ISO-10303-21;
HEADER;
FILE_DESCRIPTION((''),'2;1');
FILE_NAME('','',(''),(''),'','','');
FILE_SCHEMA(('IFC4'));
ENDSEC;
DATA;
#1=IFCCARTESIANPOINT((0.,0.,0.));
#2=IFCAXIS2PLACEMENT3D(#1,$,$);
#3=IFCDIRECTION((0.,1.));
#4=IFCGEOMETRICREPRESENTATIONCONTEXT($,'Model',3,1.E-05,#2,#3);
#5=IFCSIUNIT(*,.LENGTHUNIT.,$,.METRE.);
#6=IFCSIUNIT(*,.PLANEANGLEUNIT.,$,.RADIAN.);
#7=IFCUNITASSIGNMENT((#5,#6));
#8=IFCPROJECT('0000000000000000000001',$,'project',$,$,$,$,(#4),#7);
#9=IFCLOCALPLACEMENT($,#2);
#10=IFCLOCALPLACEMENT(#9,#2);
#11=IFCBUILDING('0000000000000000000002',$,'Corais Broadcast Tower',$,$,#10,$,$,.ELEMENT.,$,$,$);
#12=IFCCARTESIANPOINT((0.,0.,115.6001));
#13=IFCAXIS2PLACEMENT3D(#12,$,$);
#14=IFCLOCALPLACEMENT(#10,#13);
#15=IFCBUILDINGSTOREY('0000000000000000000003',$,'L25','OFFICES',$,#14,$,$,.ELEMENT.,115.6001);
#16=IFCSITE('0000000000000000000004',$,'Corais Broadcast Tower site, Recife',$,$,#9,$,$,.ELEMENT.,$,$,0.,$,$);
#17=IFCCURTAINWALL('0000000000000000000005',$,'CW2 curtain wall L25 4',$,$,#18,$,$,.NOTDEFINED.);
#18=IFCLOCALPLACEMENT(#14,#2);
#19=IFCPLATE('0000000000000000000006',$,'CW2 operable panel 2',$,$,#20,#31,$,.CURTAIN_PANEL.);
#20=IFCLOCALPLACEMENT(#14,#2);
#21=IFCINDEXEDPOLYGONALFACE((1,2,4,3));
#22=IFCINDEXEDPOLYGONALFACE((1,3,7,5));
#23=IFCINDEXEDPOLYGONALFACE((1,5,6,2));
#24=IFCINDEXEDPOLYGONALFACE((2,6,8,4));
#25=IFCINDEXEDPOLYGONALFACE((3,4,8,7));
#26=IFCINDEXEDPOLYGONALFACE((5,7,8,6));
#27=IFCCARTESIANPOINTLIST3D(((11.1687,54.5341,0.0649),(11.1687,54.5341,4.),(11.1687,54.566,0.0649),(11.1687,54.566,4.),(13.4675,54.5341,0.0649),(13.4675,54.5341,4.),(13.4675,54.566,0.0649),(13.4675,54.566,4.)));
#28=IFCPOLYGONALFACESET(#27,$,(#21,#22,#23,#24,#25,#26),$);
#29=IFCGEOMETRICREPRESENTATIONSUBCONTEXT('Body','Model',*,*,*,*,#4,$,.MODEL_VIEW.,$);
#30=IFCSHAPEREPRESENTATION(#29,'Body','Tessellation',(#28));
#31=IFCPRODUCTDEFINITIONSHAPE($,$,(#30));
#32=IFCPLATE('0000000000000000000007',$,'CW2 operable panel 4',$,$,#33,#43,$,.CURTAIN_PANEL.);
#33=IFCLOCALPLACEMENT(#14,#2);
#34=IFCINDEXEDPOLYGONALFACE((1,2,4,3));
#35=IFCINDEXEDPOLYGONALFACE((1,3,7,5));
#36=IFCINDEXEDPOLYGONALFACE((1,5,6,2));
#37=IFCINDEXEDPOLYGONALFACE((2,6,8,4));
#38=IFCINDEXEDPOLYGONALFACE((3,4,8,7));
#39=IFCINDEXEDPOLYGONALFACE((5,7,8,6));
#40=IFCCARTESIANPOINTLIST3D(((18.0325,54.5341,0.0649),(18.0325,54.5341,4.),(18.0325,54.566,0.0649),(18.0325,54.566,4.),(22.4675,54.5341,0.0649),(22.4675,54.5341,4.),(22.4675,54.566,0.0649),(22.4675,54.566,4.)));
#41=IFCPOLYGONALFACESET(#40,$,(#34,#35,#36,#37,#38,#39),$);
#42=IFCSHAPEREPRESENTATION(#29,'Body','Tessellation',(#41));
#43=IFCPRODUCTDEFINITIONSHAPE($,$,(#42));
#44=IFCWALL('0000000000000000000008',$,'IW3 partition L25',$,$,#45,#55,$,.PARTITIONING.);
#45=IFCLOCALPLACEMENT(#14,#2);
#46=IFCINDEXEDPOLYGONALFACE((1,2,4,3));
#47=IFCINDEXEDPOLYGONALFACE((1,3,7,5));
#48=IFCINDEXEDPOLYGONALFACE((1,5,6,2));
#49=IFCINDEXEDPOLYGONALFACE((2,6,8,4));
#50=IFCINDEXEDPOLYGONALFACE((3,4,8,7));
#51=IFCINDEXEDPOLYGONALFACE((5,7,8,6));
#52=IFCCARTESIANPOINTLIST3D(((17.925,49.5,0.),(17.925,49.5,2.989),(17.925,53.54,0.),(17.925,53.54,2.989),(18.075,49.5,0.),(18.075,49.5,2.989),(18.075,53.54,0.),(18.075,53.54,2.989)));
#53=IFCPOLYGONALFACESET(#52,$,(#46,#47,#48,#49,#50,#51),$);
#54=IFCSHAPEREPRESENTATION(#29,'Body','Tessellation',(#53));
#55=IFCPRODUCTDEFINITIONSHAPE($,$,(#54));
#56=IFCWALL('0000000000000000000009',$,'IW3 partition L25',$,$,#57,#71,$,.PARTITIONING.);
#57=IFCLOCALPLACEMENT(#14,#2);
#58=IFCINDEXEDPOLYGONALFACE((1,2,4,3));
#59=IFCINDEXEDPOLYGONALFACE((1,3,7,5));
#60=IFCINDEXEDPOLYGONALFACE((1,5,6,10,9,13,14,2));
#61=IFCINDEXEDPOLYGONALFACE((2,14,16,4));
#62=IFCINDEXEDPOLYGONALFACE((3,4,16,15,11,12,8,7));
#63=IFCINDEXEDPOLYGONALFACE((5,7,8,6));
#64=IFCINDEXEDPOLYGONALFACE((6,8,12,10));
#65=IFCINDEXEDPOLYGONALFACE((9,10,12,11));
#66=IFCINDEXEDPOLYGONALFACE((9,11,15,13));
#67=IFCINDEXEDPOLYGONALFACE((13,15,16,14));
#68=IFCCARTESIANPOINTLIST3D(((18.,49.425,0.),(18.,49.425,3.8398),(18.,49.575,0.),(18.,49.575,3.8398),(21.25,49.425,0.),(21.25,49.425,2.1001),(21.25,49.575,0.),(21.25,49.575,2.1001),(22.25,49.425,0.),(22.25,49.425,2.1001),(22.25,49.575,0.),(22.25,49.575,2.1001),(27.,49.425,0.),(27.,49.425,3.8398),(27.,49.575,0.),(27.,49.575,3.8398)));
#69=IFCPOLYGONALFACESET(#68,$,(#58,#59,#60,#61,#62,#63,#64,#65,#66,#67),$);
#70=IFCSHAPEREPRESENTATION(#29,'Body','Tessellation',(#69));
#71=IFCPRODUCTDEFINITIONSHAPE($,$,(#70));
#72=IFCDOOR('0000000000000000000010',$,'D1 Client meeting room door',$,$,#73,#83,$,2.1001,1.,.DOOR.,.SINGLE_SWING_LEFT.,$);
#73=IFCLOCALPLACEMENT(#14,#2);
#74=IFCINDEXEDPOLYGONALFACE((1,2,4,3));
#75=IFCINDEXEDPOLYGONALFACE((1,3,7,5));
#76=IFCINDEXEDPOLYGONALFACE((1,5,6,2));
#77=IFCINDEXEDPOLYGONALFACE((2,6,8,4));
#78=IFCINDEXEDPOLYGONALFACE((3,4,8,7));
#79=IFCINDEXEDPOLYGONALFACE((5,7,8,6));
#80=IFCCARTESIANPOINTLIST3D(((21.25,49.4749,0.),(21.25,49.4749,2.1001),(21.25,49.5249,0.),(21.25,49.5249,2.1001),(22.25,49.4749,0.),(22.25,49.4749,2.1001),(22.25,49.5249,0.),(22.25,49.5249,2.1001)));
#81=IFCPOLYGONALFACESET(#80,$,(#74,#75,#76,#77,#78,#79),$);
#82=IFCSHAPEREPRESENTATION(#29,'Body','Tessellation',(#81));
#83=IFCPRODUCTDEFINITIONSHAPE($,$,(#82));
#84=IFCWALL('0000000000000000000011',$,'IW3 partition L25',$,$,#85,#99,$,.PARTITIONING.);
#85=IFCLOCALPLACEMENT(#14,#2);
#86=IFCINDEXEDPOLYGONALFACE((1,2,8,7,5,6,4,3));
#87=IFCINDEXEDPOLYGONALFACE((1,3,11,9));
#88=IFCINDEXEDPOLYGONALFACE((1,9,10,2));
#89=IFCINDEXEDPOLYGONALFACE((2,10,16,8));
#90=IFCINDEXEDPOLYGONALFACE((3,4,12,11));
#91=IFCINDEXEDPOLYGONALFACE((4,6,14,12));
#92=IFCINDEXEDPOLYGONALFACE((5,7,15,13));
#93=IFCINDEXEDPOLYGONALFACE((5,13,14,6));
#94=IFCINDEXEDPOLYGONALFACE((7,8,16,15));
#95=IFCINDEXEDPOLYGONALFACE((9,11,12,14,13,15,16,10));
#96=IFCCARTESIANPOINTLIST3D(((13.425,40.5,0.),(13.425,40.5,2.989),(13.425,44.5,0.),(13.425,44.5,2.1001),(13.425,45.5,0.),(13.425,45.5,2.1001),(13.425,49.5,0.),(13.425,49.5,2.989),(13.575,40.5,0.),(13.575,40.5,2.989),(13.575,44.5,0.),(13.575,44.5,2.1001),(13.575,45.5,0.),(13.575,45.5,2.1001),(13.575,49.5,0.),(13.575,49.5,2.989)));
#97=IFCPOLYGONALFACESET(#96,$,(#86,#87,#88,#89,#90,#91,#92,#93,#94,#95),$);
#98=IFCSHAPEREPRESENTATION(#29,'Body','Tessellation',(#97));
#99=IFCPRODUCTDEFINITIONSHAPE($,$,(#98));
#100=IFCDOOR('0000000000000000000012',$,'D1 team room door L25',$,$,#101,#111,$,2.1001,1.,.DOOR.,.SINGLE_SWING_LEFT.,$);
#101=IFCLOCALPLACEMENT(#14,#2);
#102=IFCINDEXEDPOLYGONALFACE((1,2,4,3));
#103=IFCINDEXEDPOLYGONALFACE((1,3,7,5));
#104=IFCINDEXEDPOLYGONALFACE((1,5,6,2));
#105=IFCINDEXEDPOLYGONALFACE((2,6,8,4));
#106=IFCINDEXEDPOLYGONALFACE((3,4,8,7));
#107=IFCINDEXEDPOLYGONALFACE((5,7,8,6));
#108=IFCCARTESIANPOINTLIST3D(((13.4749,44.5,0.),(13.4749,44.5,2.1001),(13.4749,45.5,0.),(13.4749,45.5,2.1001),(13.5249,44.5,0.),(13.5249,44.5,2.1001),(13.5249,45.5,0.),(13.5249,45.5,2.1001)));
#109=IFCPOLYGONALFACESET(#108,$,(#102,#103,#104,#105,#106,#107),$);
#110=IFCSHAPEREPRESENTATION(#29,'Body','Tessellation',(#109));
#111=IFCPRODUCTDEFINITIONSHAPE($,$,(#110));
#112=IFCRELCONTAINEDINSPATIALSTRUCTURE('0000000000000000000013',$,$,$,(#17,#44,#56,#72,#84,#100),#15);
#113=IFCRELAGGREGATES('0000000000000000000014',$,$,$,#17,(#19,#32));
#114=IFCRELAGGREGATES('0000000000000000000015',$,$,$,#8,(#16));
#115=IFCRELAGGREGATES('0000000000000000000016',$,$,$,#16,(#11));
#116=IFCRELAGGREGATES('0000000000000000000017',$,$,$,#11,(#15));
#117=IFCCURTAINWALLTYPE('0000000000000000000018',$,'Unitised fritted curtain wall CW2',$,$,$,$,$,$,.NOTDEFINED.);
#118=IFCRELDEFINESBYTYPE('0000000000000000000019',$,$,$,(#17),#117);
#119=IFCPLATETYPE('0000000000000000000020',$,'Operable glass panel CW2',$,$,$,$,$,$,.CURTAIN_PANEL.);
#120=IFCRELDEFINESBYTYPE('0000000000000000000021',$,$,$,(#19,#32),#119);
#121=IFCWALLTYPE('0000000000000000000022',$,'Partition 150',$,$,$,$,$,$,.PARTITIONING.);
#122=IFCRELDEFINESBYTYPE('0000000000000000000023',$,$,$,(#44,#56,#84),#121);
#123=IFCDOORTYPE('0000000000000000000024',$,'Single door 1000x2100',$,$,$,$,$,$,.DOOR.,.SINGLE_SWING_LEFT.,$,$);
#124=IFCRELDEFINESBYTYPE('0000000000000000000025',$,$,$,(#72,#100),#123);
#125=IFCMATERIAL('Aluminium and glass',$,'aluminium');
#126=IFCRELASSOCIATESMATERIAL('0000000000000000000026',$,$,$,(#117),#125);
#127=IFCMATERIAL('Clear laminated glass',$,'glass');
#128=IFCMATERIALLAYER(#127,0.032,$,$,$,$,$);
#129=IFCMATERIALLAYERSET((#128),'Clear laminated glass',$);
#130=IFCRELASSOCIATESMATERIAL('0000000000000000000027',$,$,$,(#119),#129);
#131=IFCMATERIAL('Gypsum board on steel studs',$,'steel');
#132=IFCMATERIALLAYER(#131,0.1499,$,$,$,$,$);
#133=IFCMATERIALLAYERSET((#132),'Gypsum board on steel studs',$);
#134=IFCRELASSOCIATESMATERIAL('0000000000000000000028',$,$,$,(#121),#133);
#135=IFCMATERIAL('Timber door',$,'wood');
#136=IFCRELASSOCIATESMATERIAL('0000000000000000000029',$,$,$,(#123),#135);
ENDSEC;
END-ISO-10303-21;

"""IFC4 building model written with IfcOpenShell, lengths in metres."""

from ifc_helpers import new_model, si_unit, direction, frame, frame_2d, origin, origin_2d, place, context, subcontext, project, spatial, rectangle, extrude, material, layer, layer_set, type_object, element, fill, aggregate, save


model = new_model("IFC4")

# Units and contexts
model_context = context("Model", 3, precision=1e-05, world=origin(), true_north=direction((0.0, 1.0)))
body_context = subcontext(model_context, "Body", "Model", "MODEL_VIEW")
ifc_project = project(units=[si_unit("LENGTHUNIT", "METRE"), si_unit("PLANEANGLEUNIT", "RADIAN")], contexts=[model_context])

# Site, building, storey
site_placement = place(None, origin())
site = spatial("IfcSite", under=ifc_project, at=site_placement, Name="Corais Broadcast Tower site, Recife", CompositionType="ELEMENT", RefElevation=0.0)
building_placement = place(site_placement, origin())
building = spatial("IfcBuilding", under=site, at=building_placement, Name="Corais Broadcast Tower", CompositionType="ELEMENT")
storey_placement = place(building_placement, frame((0.0, 0.0, 115.6001)))
storey = spatial("IfcBuildingStorey", under=building, at=storey_placement, Name="L25", Description="OFFICES", CompositionType="ELEMENT", Elevation=115.6001)

# Curtain wall
ifc_material_1 = material(Name="Aluminium and glass", Category="aluminium")
curtain_wall_type = type_object("IfcCurtainWallType", Name="Unitised fritted curtain wall CW2", PredefinedType="NOTDEFINED", material=ifc_material_1)
curtain_wall_placement = place(storey_placement, origin())
curtain_wall = element("IfcCurtainWall", 1, at=curtain_wall_placement, inside=storey, type_object=curtain_wall_type, Name="CW2 curtain wall L25 4", PredefinedType="NOTDEFINED")

# Plates
ifc_material_2 = material(Name="Clear laminated glass", Category="glass")
ifc_layer_1 = layer(ifc_material_2, 0.032)
ifc_layer_set_1 = layer_set([ifc_layer_1], Name="Clear laminated glass")
plate_type_1 = type_object("IfcPlateType", Name="Operable glass panel CW2", PredefinedType="CURTAIN_PANEL", material=ifc_layer_set_1)
plate_1_placement = place(storey_placement, frame((12.3181, 54.55, 0.0649), z_axis=(0.0, 0.0, 1.0), x_axis=(1.0, 0.0, 0.0)))
plate_1 = element("IfcPlate", 2, at=plate_1_placement, type_object=plate_type_1, Name="CW2 operable panel 2", PredefinedType="CURTAIN_PANEL", context=body_context, shape_type="SweptSolid", body=[
    extrude(rectangle(XDim=2.2988, YDim=0.032, at=origin_2d()), origin(), (0.0, 0.0, 1.0), 3.9351),
])
plate_2_placement = place(storey_placement, frame((20.25, 54.55, 0.0649), z_axis=(0.0, 0.0, 1.0), x_axis=(1.0, 0.0, 0.0)))
plate_2 = element("IfcPlate", 3, at=plate_2_placement, type_object=plate_type_1, Name="CW2 operable panel 4", PredefinedType="CURTAIN_PANEL", context=body_context, shape_type="SweptSolid", body=[
    extrude(rectangle(XDim=4.4351, YDim=0.032, at=origin_2d()), origin(), (0.0, 0.0, 1.0), 3.9351),
])
aggregate(curtain_wall, [plate_1, plate_2])

# Wall
ifc_material_3 = material(Name="Gypsum board on steel studs", Category="steel")
ifc_layer_2 = layer(ifc_material_3, 0.1499)
ifc_layer_set_2 = layer_set([ifc_layer_2], Name="Gypsum board on steel studs")
wall_type = type_object("IfcWallType", Name="Partition 150", PredefinedType="PARTITIONING", material=ifc_layer_set_2)
wall_1_placement = place(storey_placement, frame((18.0, 49.5, 0.0), z_axis=(0.0, 0.0, 1.0), x_axis=(0.0, 1.0, 0.0)))
element("IfcWall", 4, at=wall_1_placement, inside=storey, type_object=wall_type, Name="IW3 partition L25", PredefinedType="PARTITIONING", context=body_context, shape_type="SweptSolid", body=[
    extrude(rectangle(XDim=4.04, YDim=0.1499, at=frame_2d((2.02, 0.0))), origin(), (0.0, 0.0, 1.0), 2.989),
])

# Walls, openings, doors
wall_2_placement = place(storey_placement, frame((18.0, 49.5, 0.0), z_axis=(0.0, 0.0, 1.0), x_axis=(1.0, 0.0, 0.0)))
wall_2 = element("IfcWall", 5, at=wall_2_placement, inside=storey, type_object=wall_type, Name="IW3 partition L25", PredefinedType="PARTITIONING", context=body_context, shape_type="SweptSolid", body=[
    extrude(rectangle(XDim=9.0, YDim=0.1499, at=frame_2d((4.5, 0.0))), origin(), (0.0, 0.0, 1.0), 3.8398),
])
opening_1_placement = place(wall_2_placement, frame((3.25, 0.0, 0.0)))
opening_1 = element("IfcOpeningElement", 6, at=opening_1_placement, cuts=wall_2, PredefinedType="OPENING", context=body_context, shape_type="SweptSolid", body=[
    extrude(rectangle(XDim=1.0, YDim=2.1001, at=frame_2d((0.5, 1.05))), frame((0.0, 0.085, 0.0), z_axis=(0.0, -1.0, 0.0), x_axis=(1.0, 0.0, 0.0)), (0.0, 0.0, 1.0), 0.1699),
])
ifc_material_4 = material(Name="Timber door", Category="wood")
door_type = type_object("IfcDoorType", Name="Single door 1000x2100", OperationType="SINGLE_SWING_LEFT", PredefinedType="DOOR", material=ifc_material_4)
door_1_placement = place(opening_1_placement, origin())
door_1 = element("IfcDoor", 7, at=door_1_placement, inside=storey, type_object=door_type, Name="D1 Client meeting room door", OperationType="SINGLE_SWING_LEFT", OverallHeight=2.1001, OverallWidth=1.0, PredefinedType="DOOR", context=body_context, shape_type="SweptSolid", body=[
    extrude(rectangle(XDim=1.0, YDim=2.1001, at=frame_2d((0.5, 1.05))), frame((0.0, 0.0249, 0.0), z_axis=(0.0, -1.0, 0.0), x_axis=(1.0, 0.0, 0.0)), (0.0, 0.0, 1.0), 0.05),
])
fill(opening_1, door_1)
wall_3_placement = place(storey_placement, frame((13.5, 49.5, 0.0), z_axis=(0.0, 0.0, 1.0), x_axis=(0.0, -1.0, 0.0)))
wall_3 = element("IfcWall", 8, at=wall_3_placement, inside=storey, type_object=wall_type, Name="IW3 partition L25", PredefinedType="PARTITIONING", context=body_context, shape_type="SweptSolid", body=[
    extrude(rectangle(XDim=9.0, YDim=0.1499, at=frame_2d((4.5, 0.0))), origin(), (0.0, 0.0, 1.0), 2.989),
])
opening_2_placement = place(wall_3_placement, frame((4.0, 0.0, 0.0)))
opening_2 = element("IfcOpeningElement", 9, at=opening_2_placement, cuts=wall_3, PredefinedType="OPENING", context=body_context, shape_type="SweptSolid", body=[
    extrude(rectangle(XDim=1.0, YDim=2.1001, at=frame_2d((0.5, 1.05))), frame((0.0, 0.085, 0.0), z_axis=(0.0, -1.0, 0.0), x_axis=(1.0, 0.0, 0.0)), (0.0, 0.0, 1.0), 0.1699),
])
door_2_placement = place(opening_2_placement, origin())
door_2 = element("IfcDoor", 10, at=door_2_placement, inside=storey, type_object=door_type, Name="D1 team room door L25", OperationType="SINGLE_SWING_LEFT", OverallHeight=2.1001, OverallWidth=1.0, PredefinedType="DOOR", context=body_context, shape_type="SweptSolid", body=[
    extrude(rectangle(XDim=1.0, YDim=2.1001, at=frame_2d((0.5, 1.05))), frame((0.0, 0.0249, 0.0), z_axis=(0.0, -1.0, 0.0), x_axis=(1.0, 0.0, 0.0)), (0.0, 0.0, 1.0), 0.05),
])
fill(opening_2, door_2)

save(model, "model.ifc")
